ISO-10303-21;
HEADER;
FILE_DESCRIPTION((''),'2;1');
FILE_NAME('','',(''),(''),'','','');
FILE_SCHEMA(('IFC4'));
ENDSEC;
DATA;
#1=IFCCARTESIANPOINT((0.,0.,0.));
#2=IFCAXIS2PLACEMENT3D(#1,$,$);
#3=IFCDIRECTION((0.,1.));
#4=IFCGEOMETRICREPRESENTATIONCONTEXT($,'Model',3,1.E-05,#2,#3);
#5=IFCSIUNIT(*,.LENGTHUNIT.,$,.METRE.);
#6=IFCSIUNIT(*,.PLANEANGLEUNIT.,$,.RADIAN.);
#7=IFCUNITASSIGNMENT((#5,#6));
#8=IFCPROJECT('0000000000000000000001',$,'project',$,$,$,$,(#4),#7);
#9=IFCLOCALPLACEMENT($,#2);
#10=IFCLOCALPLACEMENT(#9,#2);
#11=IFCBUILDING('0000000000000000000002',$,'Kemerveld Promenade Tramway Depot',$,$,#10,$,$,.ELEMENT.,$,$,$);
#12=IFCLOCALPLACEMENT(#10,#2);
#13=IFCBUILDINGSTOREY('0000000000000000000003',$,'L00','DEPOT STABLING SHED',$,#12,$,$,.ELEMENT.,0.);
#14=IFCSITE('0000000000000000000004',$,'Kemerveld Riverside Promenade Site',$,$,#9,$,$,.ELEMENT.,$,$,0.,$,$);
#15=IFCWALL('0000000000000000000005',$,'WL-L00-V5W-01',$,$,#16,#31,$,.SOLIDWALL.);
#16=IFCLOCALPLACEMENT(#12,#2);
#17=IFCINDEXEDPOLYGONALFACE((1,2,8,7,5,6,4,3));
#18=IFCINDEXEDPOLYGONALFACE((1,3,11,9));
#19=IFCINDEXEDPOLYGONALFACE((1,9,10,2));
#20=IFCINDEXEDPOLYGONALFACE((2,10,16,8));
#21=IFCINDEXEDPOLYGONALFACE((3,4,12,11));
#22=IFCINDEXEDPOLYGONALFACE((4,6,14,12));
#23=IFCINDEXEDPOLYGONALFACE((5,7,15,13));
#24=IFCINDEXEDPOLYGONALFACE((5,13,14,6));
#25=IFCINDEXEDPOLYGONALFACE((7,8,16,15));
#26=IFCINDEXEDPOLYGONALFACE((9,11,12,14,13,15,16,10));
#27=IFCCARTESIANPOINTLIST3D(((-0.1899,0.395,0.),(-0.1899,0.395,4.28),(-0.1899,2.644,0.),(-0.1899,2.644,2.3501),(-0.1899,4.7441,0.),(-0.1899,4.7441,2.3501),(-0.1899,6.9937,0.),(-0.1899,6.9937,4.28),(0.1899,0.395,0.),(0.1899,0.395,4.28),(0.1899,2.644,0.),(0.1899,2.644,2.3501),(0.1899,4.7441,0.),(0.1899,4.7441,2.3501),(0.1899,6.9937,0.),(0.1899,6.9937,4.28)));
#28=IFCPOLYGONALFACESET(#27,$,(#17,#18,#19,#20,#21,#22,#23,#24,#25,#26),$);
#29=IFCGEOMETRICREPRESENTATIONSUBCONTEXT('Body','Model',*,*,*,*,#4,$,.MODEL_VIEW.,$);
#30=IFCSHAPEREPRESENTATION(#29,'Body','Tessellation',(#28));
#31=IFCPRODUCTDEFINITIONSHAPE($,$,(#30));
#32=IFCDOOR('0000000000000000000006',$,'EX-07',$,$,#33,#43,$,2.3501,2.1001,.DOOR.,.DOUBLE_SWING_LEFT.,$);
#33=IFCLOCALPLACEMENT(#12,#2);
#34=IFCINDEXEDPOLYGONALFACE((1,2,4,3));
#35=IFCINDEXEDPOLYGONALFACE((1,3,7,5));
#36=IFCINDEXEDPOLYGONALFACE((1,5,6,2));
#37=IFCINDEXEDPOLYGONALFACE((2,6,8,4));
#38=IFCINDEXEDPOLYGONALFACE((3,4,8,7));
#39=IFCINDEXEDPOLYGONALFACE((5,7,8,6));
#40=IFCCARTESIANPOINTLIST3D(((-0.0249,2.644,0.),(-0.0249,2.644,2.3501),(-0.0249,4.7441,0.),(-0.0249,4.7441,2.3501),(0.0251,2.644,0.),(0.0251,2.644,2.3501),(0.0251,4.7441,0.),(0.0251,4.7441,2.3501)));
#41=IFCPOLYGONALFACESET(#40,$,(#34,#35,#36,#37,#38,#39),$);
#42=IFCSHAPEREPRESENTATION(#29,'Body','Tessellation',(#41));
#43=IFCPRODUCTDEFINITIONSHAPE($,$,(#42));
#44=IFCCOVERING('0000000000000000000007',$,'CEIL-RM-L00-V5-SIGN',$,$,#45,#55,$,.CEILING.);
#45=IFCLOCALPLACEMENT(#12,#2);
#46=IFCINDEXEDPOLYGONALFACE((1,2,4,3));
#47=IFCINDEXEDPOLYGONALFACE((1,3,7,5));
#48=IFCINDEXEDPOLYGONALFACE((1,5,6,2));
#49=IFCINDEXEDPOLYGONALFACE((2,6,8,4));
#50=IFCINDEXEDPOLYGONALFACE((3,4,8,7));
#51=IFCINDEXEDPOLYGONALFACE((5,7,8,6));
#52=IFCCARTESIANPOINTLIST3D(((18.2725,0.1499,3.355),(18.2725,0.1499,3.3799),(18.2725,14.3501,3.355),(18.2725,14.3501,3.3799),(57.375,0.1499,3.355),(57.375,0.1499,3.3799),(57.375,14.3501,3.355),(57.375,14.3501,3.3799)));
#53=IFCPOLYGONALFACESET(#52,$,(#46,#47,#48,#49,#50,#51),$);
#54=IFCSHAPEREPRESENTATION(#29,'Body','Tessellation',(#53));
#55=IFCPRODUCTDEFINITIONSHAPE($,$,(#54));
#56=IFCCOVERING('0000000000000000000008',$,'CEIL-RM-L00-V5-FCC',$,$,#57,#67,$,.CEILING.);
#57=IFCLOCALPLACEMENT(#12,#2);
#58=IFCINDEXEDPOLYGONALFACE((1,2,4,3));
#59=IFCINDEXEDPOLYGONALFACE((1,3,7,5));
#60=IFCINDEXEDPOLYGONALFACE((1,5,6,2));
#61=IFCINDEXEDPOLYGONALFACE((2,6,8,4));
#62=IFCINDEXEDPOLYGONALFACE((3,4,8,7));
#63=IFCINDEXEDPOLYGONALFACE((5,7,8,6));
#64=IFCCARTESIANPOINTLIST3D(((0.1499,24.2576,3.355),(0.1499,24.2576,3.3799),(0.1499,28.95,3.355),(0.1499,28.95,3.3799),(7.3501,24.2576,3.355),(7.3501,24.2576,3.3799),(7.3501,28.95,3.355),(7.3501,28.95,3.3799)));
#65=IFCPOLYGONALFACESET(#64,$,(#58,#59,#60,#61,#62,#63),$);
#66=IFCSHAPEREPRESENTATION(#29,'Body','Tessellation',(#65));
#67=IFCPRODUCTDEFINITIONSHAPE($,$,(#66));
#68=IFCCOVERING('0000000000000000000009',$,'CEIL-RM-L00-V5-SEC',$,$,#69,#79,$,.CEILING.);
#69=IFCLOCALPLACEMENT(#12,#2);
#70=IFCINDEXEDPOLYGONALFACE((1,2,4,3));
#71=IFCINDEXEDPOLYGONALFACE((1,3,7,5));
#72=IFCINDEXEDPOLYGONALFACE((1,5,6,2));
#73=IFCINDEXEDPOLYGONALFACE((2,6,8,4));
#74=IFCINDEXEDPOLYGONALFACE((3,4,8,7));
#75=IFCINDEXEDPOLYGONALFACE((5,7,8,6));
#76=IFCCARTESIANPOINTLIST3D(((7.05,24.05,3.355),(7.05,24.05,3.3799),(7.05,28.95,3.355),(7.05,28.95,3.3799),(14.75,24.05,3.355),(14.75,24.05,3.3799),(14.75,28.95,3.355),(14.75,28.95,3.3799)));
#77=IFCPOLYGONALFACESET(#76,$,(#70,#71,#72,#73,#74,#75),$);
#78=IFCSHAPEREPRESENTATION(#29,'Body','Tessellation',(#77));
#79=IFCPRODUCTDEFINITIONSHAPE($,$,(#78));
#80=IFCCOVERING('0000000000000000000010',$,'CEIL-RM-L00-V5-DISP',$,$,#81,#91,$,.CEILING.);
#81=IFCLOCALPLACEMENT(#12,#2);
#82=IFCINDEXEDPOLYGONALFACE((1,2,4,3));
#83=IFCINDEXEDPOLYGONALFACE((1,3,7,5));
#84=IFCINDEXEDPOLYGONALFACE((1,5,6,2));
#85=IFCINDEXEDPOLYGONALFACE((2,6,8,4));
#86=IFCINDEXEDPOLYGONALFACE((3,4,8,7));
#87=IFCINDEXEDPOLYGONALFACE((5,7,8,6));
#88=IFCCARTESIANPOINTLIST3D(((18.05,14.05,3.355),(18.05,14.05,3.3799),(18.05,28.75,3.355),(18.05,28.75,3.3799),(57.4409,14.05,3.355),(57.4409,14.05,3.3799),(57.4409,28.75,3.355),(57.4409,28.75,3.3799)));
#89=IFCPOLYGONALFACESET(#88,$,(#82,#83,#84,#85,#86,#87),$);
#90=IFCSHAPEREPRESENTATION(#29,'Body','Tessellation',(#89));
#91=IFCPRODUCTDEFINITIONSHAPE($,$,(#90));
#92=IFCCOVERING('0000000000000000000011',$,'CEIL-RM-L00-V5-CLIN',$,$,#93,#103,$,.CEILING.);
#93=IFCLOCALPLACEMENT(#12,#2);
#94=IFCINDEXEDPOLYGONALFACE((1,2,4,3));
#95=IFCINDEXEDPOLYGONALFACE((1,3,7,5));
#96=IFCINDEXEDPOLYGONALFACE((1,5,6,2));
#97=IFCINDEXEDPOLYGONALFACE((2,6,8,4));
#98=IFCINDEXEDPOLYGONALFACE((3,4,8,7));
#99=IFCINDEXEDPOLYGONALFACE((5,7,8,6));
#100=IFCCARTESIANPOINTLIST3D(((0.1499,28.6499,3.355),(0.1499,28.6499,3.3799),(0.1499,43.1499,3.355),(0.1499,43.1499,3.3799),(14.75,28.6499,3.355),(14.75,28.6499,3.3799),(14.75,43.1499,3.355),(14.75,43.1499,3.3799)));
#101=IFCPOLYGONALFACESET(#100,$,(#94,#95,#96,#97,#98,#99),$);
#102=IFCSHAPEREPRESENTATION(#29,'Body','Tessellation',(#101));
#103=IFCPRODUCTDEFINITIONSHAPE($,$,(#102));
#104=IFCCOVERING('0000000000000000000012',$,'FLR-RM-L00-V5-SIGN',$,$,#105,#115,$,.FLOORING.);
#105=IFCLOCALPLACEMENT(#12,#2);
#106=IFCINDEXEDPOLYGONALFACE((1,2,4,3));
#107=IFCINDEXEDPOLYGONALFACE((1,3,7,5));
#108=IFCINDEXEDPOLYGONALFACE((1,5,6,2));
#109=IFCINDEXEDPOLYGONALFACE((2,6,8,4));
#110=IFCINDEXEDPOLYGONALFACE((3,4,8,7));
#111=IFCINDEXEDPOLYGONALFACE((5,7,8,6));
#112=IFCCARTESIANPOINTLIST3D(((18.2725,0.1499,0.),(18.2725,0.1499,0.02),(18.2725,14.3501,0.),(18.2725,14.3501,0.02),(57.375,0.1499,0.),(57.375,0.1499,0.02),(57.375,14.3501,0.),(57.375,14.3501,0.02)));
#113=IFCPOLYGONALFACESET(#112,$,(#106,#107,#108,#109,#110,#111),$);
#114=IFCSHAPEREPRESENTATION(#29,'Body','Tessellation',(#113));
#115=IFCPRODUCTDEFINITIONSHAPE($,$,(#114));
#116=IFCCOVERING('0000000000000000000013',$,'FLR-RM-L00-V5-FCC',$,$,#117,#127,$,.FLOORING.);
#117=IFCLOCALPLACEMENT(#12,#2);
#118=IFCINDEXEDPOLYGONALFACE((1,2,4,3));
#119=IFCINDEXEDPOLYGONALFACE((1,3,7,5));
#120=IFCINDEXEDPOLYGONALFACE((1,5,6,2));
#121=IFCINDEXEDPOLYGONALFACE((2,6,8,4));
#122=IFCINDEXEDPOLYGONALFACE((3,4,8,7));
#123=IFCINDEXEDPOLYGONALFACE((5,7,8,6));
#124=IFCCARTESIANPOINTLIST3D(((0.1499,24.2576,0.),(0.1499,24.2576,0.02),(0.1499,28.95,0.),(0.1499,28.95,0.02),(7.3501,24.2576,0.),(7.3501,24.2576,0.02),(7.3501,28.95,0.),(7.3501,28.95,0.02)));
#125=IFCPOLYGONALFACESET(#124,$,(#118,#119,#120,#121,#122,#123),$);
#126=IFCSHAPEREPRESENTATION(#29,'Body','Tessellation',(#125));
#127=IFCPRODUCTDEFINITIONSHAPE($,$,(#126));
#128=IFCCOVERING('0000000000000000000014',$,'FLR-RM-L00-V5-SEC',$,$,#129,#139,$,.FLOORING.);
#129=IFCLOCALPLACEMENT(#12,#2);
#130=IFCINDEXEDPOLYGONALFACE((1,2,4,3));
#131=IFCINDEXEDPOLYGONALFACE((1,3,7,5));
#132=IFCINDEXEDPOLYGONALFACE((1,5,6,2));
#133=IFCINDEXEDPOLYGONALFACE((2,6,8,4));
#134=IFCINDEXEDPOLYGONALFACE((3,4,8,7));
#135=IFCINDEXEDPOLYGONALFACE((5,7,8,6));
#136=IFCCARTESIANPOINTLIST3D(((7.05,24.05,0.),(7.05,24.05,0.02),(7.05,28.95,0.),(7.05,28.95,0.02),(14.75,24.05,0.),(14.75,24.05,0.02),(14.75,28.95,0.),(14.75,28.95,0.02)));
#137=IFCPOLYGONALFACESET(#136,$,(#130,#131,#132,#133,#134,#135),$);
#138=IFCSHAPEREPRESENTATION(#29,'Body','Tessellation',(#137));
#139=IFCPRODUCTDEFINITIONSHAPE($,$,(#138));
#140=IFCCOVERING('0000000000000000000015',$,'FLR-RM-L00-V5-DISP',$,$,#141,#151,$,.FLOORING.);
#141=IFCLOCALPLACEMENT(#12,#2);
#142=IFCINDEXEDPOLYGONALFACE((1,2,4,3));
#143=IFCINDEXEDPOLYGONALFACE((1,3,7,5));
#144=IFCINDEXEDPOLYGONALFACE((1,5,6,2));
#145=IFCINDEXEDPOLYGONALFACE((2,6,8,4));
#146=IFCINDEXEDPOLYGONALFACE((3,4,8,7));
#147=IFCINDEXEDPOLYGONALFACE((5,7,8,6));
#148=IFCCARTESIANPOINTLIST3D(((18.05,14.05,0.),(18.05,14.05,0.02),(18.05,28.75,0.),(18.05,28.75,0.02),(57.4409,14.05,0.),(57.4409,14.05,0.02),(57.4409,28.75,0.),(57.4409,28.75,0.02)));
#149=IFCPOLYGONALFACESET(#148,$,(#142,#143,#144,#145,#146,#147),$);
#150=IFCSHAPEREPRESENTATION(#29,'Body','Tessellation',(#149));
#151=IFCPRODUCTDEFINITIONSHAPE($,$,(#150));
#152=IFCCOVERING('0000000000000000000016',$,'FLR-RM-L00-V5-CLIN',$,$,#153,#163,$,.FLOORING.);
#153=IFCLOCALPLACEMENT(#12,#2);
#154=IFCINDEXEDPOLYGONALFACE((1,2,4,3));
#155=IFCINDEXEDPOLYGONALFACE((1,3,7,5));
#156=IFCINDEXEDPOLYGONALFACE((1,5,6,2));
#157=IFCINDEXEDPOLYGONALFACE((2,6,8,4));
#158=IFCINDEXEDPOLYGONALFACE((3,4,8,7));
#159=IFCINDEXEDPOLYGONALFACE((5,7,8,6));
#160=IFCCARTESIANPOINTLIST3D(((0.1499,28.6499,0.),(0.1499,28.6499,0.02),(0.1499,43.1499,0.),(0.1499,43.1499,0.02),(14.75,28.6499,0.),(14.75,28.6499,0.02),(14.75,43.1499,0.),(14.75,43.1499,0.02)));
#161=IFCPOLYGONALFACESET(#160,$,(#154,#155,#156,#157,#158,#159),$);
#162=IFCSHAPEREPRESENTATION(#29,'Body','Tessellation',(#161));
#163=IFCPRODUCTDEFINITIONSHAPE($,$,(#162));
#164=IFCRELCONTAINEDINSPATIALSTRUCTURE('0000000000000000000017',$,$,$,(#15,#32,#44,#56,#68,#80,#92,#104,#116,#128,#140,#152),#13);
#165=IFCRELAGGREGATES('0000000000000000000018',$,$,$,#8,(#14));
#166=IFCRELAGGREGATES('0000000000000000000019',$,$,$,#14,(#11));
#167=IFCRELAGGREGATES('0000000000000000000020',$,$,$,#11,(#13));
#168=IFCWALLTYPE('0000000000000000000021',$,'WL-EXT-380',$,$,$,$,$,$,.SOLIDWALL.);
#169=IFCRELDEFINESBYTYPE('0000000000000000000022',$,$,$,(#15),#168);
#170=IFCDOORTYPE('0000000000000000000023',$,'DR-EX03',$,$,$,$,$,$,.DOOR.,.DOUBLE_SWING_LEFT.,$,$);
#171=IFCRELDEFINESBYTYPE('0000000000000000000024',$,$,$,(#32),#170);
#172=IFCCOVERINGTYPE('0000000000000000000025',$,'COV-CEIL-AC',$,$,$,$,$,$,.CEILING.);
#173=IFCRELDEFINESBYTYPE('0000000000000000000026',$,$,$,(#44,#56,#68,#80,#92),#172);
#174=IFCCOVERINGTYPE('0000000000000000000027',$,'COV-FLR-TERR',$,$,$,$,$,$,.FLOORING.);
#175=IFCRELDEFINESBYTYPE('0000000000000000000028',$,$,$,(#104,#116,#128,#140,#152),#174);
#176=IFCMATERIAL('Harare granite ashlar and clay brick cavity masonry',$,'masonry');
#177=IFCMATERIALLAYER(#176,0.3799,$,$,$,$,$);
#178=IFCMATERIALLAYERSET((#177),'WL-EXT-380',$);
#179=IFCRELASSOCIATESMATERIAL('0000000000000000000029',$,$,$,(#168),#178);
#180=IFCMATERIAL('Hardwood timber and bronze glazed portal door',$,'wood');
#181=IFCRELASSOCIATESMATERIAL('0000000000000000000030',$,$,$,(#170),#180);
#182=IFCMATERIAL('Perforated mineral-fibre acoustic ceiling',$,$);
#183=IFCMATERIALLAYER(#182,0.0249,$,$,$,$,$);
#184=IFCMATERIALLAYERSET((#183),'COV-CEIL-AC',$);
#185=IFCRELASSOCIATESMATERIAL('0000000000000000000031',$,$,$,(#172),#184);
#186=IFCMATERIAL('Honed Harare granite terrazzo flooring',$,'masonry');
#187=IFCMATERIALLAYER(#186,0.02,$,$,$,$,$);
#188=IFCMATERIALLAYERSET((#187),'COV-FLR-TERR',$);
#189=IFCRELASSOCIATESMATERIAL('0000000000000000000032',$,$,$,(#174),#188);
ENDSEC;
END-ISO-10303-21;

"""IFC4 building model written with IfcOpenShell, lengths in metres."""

from ifc_helpers import new_model, si_unit, direction, frame, frame_2d, origin, place, context, subcontext, project, spatial, polyline, rectangle, outline, extrude, material, layer, layer_set, type_object, element, fill, save


model = new_model("IFC4")

# Units and contexts
model_context = context("Model", 3, precision=1e-05, world=origin(), true_north=direction((0.0, 1.0)))
body_context = subcontext(model_context, "Body", "Model", "MODEL_VIEW")
ifc_project = project(units=[si_unit("LENGTHUNIT", "METRE"), si_unit("PLANEANGLEUNIT", "RADIAN")], contexts=[model_context])

# Site, building, storey
site_placement = place(None, origin())
site = spatial("IfcSite", under=ifc_project, at=site_placement, Name="Kemerveld Riverside Promenade Site", CompositionType="ELEMENT", RefElevation=0.0)
building_placement = place(site_placement, origin())
building = spatial("IfcBuilding", under=site, at=building_placement, Name="Kemerveld Promenade Tramway Depot", CompositionType="ELEMENT")
storey_placement = place(building_placement, origin())
storey = spatial("IfcBuildingStorey", under=building, at=storey_placement, Name="L00", Description="DEPOT STABLING SHED", CompositionType="ELEMENT", Elevation=0.0)

# Wall, opening, door
ifc_material_1 = material(Name="Harare granite ashlar and clay brick cavity masonry", Category="masonry")
ifc_layer_1 = layer(ifc_material_1, 0.3799)
ifc_layer_set_1 = layer_set([ifc_layer_1], Name="WL-EXT-380")
wall_type = type_object("IfcWallType", Name="WL-EXT-380", PredefinedType="SOLIDWALL", material=ifc_layer_set_1)
wall_placement = place(storey_placement, frame((0.0, 0.395, 0.0), z_axis=(0.0, 0.0, 1.0), x_axis=(0.0, 1.0, 0.0)))
wall = element("IfcWall", 1, at=wall_placement, inside=storey, type_object=wall_type, Name="WL-L00-V5W-01", PredefinedType="SOLIDWALL", context=body_context, shape_type="SweptSolid", body=[
    extrude(rectangle(XDim=6.5986, YDim=0.3799, at=frame_2d((3.2993, 0.0))), origin(), (0.0, 0.0, 1.0), 4.28),
])
opening_placement = place(wall_placement, frame((2.249, 0.0, 0.0)))
opening = element("IfcOpeningElement", 2, at=opening_placement, cuts=wall, PredefinedType="OPENING", context=body_context, shape_type="SweptSolid", body=[
    extrude(rectangle(XDim=2.1001, YDim=2.3501, at=frame_2d((1.05, 1.175))), frame((0.0, 0.2, 0.0), z_axis=(0.0, -1.0, 0.0), x_axis=(1.0, 0.0, 0.0)), (0.0, 0.0, 1.0), 0.3999),
])
ifc_material_2 = material(Name="Hardwood timber and bronze glazed portal door", Category="wood")
door_type = type_object("IfcDoorType", Name="DR-EX03", OperationType="DOUBLE_SWING_LEFT", PredefinedType="DOOR", material=ifc_material_2)
door_placement = place(opening_placement, origin())
door = element("IfcDoor", 3, at=door_placement, inside=storey, type_object=door_type, Name="EX-07", OperationType="DOUBLE_SWING_LEFT", OverallHeight=2.3501, OverallWidth=2.1001, PredefinedType="DOOR", context=body_context, shape_type="SweptSolid", body=[
    extrude(rectangle(XDim=2.1001, YDim=2.3501, at=frame_2d((1.05, 1.175))), frame((0.0, 0.0249, 0.0), z_axis=(0.0, -1.0, 0.0), x_axis=(1.0, 0.0, 0.0)), (0.0, 0.0, 1.0), 0.05),
])
fill(opening, door)

# Coverings
ifc_material_3 = material(Name="Perforated mineral-fibre acoustic ceiling")
ifc_layer_2 = layer(ifc_material_3, 0.0249)
ifc_layer_set_2 = layer_set([ifc_layer_2], Name="COV-CEIL-AC")
covering_type_1 = type_object("IfcCoveringType", Name="COV-CEIL-AC", PredefinedType="CEILING", material=ifc_layer_set_2)
covering_1_placement = place(storey_placement, frame((0.0, 0.0, 3.355)))
element("IfcCovering", 4, at=covering_1_placement, inside=storey, type_object=covering_type_1, Name="CEIL-RM-L00-V5-SIGN", PredefinedType="CEILING", context=body_context, shape_type="SweptSolid", body=[
    extrude(outline(polyline([(18.2725, 0.1499), (57.375, 0.1499), (57.375, 14.3501), (18.2725, 14.3501), (18.2725, 0.1499)])), origin(), (0.0, 0.0, 1.0), 0.0249),
])
covering_2_placement = place(storey_placement, frame((0.0, 0.0, 3.355)))
element("IfcCovering", 5, at=covering_2_placement, inside=storey, type_object=covering_type_1, Name="CEIL-RM-L00-V5-FCC", PredefinedType="CEILING", context=body_context, shape_type="SweptSolid", body=[
    extrude(outline(polyline([(0.1499, 24.2576), (7.3501, 24.2576), (7.3501, 28.95), (0.1499, 28.95), (0.1499, 24.2576)])), origin(), (0.0, 0.0, 1.0), 0.0249),
])
covering_3_placement = place(storey_placement, frame((0.0, 0.0, 3.355)))
element("IfcCovering", 6, at=covering_3_placement, inside=storey, type_object=covering_type_1, Name="CEIL-RM-L00-V5-SEC", PredefinedType="CEILING", context=body_context, shape_type="SweptSolid", body=[
    extrude(outline(polyline([(7.05, 24.05), (14.75, 24.05), (14.75, 28.95), (7.05, 28.95), (7.05, 24.05)])), origin(), (0.0, 0.0, 1.0), 0.0249),
])
covering_4_placement = place(storey_placement, frame((0.0, 0.0, 3.355)))
element("IfcCovering", 7, at=covering_4_placement, inside=storey, type_object=covering_type_1, Name="CEIL-RM-L00-V5-DISP", PredefinedType="CEILING", context=body_context, shape_type="SweptSolid", body=[
    extrude(outline(polyline([(18.05, 14.05), (57.4409, 14.05), (57.4409, 28.75), (18.05, 28.75), (18.05, 14.05)])), origin(), (0.0, 0.0, 1.0), 0.0249),
])
covering_5_placement = place(storey_placement, frame((0.0, 0.0, 3.355)))
element("IfcCovering", 8, at=covering_5_placement, inside=storey, type_object=covering_type_1, Name="CEIL-RM-L00-V5-CLIN", PredefinedType="CEILING", context=body_context, shape_type="SweptSolid", body=[
    extrude(outline(polyline([(0.1499, 28.6499), (14.75, 28.6499), (14.75, 43.1499), (0.1499, 43.1499), (0.1499, 28.6499)])), origin(), (0.0, 0.0, 1.0), 0.0249),
])
ifc_material_4 = material(Name="Honed Harare granite terrazzo flooring", Category="masonry")
ifc_layer_3 = layer(ifc_material_4, 0.02)
ifc_layer_set_3 = layer_set([ifc_layer_3], Name="COV-FLR-TERR")
covering_type_2 = type_object("IfcCoveringType", Name="COV-FLR-TERR", PredefinedType="FLOORING", material=ifc_layer_set_3)
covering_6_placement = place(storey_placement, origin())
element("IfcCovering", 9, at=covering_6_placement, inside=storey, type_object=covering_type_2, Name="FLR-RM-L00-V5-SIGN", PredefinedType="FLOORING", context=body_context, shape_type="SweptSolid", body=[
    extrude(outline(polyline([(18.2725, 0.1499), (57.375, 0.1499), (57.375, 14.3501), (18.2725, 14.3501), (18.2725, 0.1499)])), origin(), (0.0, 0.0, 1.0), 0.02),
])
covering_7_placement = place(storey_placement, origin())
element("IfcCovering", 10, at=covering_7_placement, inside=storey, type_object=covering_type_2, Name="FLR-RM-L00-V5-FCC", PredefinedType="FLOORING", context=body_context, shape_type="SweptSolid", body=[
    extrude(outline(polyline([(0.1499, 24.2576), (7.3501, 24.2576), (7.3501, 28.95), (0.1499, 28.95), (0.1499, 24.2576)])), origin(), (0.0, 0.0, 1.0), 0.02),
])
covering_8_placement = place(storey_placement, origin())
element("IfcCovering", 11, at=covering_8_placement, inside=storey, type_object=covering_type_2, Name="FLR-RM-L00-V5-SEC", PredefinedType="FLOORING", context=body_context, shape_type="SweptSolid", body=[
    extrude(outline(polyline([(7.05, 24.05), (14.75, 24.05), (14.75, 28.95), (7.05, 28.95), (7.05, 24.05)])), origin(), (0.0, 0.0, 1.0), 0.02),
])
covering_9_placement = place(storey_placement, origin())
element("IfcCovering", 12, at=covering_9_placement, inside=storey, type_object=covering_type_2, Name="FLR-RM-L00-V5-DISP", PredefinedType="FLOORING", context=body_context, shape_type="SweptSolid", body=[
    extrude(outline(polyline([(18.05, 14.05), (57.4409, 14.05), (57.4409, 28.75), (18.05, 28.75), (18.05, 14.05)])), origin(), (0.0, 0.0, 1.0), 0.02),
])
covering_10_placement = place(storey_placement, origin())
element("IfcCovering", 13, at=covering_10_placement, inside=storey, type_object=covering_type_2, Name="FLR-RM-L00-V5-CLIN", PredefinedType="FLOORING", context=body_context, shape_type="SweptSolid", body=[
    extrude(outline(polyline([(0.1499, 28.6499), (14.75, 28.6499), (14.75, 43.1499), (0.1499, 43.1499), (0.1499, 28.6499)])), origin(), (0.0, 0.0, 1.0), 0.02),
])

save(model, "model.ifc")
